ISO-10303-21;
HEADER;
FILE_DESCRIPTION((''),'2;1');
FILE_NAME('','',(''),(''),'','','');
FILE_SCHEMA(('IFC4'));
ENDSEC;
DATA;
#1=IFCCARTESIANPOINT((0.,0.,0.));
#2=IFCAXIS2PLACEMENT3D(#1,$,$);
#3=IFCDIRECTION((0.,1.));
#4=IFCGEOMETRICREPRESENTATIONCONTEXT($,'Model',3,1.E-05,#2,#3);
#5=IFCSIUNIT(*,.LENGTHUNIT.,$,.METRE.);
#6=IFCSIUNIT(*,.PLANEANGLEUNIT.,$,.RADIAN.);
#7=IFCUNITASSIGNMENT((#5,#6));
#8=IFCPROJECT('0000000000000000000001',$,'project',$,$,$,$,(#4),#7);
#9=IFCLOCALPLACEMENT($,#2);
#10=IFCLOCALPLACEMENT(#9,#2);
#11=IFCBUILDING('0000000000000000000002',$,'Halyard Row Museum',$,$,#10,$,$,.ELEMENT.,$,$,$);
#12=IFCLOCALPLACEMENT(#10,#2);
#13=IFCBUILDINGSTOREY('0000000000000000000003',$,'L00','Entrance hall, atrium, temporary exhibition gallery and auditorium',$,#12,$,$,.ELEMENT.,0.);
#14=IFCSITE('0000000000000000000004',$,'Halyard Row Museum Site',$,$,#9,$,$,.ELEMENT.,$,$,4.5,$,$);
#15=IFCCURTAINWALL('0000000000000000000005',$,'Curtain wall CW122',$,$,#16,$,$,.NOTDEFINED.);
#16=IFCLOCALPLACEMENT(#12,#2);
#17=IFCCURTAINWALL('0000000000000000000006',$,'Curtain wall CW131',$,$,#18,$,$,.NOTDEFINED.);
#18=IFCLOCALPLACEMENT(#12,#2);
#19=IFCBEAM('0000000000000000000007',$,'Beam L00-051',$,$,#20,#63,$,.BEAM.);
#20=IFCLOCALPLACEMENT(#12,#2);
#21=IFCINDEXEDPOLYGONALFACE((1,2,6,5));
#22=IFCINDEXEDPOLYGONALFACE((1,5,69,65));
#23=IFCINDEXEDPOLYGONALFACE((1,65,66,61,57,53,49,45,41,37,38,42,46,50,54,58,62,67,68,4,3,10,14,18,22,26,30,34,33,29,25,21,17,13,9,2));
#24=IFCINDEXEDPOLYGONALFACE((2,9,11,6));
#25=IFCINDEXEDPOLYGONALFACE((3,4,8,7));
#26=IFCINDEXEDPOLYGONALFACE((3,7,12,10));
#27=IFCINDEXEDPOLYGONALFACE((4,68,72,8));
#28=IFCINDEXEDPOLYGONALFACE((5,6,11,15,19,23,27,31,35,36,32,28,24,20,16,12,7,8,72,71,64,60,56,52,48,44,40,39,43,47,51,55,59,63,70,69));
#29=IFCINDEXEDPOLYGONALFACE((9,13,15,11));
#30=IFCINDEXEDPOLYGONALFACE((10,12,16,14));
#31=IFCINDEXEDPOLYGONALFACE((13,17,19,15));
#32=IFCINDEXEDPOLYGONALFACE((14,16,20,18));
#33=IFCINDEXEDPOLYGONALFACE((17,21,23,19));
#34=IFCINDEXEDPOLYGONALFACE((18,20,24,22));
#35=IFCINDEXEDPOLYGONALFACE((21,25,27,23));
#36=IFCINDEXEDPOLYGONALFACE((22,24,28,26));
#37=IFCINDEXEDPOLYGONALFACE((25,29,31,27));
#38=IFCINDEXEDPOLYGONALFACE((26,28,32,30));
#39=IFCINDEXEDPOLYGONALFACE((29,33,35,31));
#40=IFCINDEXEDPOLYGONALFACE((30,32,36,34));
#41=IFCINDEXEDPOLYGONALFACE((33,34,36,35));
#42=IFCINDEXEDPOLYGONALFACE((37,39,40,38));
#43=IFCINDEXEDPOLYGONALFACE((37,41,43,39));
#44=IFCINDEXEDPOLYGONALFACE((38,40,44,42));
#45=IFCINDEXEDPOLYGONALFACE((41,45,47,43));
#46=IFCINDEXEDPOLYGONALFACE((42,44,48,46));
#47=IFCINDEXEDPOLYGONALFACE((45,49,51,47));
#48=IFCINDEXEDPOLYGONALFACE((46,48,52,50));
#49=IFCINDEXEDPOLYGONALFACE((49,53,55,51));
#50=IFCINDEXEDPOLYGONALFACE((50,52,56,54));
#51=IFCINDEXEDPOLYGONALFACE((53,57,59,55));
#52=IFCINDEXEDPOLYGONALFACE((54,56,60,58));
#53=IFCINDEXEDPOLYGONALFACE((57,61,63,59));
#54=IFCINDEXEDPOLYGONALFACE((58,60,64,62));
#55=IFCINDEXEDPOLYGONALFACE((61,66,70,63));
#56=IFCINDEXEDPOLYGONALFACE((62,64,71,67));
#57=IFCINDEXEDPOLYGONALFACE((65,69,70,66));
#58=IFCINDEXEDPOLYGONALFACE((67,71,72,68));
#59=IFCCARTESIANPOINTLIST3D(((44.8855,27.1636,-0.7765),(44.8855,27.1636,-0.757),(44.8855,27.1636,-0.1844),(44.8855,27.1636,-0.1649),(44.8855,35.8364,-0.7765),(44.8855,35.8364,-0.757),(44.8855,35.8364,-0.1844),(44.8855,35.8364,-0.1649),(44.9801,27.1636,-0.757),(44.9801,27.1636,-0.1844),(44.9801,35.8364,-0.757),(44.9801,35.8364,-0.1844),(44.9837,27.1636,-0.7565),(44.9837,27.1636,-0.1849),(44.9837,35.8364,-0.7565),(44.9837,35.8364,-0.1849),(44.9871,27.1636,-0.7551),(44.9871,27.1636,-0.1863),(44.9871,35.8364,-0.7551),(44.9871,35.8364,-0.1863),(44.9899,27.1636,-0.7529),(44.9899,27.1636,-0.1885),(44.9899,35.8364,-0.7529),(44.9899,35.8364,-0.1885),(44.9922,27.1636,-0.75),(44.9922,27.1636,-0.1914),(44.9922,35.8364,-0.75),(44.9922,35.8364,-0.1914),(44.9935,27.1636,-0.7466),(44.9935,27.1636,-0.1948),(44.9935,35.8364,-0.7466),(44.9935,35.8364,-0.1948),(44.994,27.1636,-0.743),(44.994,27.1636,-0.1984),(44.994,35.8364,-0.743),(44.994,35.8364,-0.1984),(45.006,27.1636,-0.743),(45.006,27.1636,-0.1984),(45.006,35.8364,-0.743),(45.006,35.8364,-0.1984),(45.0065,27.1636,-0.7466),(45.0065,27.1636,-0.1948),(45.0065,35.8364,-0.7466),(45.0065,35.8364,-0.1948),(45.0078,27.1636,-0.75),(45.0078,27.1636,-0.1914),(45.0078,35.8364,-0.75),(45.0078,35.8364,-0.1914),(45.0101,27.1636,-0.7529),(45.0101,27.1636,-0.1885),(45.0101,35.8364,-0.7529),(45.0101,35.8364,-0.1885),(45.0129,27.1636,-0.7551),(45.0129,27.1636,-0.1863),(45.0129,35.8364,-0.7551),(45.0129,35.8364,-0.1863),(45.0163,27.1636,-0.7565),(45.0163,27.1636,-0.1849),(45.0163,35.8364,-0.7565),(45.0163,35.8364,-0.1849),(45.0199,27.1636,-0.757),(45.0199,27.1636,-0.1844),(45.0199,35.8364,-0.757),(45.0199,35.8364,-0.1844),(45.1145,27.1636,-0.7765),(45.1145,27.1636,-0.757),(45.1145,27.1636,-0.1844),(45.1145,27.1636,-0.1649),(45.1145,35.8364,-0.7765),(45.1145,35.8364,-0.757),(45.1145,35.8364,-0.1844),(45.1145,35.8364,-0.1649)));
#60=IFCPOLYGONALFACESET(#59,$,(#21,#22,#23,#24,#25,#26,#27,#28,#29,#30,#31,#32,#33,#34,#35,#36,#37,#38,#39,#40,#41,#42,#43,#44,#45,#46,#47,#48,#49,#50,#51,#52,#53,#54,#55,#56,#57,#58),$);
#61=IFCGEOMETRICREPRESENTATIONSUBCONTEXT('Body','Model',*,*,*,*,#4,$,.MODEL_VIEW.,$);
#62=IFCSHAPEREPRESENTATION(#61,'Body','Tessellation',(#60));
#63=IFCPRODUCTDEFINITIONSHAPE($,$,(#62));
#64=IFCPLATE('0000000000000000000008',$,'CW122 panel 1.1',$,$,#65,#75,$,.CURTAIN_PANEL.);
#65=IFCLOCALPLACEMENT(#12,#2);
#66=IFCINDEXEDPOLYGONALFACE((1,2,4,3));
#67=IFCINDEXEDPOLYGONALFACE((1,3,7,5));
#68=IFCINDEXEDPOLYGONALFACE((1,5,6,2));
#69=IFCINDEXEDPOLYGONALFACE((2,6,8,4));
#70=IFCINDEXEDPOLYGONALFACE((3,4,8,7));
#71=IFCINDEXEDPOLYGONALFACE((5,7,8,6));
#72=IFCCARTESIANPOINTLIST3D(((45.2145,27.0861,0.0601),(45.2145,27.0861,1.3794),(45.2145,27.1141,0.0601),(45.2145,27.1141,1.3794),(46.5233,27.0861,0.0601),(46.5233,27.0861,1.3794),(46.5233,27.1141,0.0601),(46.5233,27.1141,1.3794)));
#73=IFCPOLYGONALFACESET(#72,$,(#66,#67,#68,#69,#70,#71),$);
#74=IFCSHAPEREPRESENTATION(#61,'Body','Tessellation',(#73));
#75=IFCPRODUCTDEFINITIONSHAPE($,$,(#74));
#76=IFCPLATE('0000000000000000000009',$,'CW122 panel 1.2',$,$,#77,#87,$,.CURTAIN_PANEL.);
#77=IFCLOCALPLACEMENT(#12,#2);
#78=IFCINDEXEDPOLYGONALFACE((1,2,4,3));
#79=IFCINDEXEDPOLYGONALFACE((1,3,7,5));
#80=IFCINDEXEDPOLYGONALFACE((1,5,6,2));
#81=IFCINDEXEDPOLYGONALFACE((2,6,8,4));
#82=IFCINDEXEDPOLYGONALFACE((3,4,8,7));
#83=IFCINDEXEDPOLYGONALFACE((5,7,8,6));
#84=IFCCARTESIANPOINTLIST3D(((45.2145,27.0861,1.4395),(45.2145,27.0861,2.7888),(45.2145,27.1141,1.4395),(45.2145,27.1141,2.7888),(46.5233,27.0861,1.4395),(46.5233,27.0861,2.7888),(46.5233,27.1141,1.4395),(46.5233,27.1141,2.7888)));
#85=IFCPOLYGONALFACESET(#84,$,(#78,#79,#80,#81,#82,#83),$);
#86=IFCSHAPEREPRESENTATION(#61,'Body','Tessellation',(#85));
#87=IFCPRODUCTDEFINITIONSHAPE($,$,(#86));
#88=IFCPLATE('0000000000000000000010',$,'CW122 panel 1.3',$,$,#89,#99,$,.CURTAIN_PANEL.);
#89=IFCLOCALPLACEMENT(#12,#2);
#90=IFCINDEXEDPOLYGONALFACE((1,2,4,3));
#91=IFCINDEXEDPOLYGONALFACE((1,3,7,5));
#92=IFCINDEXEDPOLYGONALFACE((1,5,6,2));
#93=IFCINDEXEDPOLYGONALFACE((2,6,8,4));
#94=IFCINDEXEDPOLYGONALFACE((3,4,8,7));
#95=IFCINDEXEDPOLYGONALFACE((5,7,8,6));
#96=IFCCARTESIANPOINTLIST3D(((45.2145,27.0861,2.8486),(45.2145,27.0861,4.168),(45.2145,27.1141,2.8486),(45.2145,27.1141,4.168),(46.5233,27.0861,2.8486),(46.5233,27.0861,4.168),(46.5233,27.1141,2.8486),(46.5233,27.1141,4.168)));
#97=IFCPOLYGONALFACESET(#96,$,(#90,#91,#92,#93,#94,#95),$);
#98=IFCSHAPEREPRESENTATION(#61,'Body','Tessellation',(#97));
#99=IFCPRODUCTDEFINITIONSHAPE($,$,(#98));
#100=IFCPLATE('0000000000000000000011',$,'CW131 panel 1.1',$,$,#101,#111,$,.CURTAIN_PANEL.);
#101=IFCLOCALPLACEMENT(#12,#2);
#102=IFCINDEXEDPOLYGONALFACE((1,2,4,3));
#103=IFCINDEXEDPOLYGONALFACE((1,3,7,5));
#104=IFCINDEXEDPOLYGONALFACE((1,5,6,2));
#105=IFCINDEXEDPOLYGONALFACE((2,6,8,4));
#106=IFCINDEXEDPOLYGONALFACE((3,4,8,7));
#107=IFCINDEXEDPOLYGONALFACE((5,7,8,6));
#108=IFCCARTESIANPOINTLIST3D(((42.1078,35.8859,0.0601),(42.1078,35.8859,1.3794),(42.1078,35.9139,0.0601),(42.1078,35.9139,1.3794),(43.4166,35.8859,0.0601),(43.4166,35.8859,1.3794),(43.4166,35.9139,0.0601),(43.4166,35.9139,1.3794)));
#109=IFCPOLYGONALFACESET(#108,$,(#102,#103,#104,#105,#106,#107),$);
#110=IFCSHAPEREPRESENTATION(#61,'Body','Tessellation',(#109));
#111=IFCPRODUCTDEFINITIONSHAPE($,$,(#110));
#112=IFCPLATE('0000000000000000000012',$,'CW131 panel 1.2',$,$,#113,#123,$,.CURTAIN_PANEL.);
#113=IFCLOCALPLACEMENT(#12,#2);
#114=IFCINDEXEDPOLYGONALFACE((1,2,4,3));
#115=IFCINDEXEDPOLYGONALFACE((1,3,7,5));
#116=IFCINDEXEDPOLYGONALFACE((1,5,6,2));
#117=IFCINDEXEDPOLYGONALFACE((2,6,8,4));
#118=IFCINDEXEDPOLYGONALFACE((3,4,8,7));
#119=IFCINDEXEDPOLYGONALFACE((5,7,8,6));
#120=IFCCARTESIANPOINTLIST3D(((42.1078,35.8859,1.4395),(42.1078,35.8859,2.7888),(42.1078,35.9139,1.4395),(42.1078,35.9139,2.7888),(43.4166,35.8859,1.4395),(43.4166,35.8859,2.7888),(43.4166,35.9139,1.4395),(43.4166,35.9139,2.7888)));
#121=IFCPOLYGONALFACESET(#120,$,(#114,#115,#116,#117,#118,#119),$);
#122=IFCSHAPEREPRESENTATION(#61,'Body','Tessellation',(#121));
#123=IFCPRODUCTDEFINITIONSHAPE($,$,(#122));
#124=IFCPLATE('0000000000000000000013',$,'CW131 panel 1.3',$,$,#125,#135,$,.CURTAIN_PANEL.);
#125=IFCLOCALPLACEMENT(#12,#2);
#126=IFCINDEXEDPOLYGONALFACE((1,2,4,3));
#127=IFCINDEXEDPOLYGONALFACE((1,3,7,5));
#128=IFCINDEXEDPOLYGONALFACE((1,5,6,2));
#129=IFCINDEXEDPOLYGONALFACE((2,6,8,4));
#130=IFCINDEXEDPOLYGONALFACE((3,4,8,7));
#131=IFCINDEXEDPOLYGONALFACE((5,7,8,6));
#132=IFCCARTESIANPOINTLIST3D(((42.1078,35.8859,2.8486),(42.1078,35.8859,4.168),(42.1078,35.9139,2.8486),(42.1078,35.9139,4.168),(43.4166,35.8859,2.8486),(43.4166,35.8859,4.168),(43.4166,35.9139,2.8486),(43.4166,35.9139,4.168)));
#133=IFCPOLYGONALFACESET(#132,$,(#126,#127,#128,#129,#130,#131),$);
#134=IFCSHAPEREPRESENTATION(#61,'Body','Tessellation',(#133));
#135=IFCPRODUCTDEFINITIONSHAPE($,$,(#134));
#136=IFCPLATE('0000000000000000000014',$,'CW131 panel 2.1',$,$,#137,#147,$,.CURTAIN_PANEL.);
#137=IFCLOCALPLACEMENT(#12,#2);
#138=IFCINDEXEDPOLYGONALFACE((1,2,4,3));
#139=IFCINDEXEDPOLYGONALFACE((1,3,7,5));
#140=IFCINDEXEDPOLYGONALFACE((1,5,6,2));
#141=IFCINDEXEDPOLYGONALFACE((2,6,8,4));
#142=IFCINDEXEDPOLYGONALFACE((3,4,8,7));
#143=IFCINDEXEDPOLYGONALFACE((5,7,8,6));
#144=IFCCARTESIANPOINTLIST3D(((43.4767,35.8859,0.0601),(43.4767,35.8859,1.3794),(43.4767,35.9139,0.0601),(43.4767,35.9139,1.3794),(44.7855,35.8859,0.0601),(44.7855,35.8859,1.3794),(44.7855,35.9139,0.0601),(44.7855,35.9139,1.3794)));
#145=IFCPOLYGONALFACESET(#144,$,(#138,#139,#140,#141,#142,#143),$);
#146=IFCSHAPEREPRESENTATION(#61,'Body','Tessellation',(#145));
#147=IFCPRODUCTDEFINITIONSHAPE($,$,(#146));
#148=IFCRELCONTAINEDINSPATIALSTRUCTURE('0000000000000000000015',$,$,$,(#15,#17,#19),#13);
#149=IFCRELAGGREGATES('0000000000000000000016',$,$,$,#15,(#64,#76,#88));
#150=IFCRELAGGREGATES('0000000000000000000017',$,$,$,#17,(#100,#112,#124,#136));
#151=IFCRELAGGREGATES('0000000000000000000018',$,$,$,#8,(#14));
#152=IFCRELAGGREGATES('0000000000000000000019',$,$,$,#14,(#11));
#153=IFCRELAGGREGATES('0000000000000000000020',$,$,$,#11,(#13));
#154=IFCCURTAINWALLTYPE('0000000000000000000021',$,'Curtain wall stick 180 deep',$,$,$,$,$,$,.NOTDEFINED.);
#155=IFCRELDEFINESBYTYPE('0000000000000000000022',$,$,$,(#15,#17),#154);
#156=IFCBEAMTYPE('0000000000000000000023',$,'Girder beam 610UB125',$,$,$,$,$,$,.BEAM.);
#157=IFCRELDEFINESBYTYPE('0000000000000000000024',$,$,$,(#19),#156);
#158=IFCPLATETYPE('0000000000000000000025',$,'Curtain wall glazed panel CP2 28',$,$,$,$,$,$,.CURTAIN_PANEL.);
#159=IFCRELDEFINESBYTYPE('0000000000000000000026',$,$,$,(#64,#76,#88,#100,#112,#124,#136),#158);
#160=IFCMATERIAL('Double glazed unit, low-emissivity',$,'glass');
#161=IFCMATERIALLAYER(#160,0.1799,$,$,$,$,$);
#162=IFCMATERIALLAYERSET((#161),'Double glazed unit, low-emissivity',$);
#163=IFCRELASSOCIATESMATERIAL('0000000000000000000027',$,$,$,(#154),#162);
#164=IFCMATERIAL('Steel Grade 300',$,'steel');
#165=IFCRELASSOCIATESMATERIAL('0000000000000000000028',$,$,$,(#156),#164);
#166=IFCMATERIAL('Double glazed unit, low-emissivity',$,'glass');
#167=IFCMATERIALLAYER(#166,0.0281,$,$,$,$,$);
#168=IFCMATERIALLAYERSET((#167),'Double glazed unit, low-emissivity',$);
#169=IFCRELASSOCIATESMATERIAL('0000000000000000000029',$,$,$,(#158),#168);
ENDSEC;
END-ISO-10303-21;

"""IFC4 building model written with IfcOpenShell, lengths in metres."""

from ifc_helpers import new_model, si_unit, direction, frame, origin, origin_2d, place, context, subcontext, project, spatial, rectangle, i_section, extrude, material, layer, layer_set, material_profile, profile_set, type_object, element, aggregate, save


model = new_model("IFC4")

# Units and contexts
model_context = context("Model", 3, precision=1e-05, world=origin(), true_north=direction((0.0, 1.0)))
body_context = subcontext(model_context, "Body", "Model", "MODEL_VIEW")
ifc_project = project(units=[si_unit("LENGTHUNIT", "METRE"), si_unit("PLANEANGLEUNIT", "RADIAN")], contexts=[model_context])

# Site, building, storey
site_placement = place(None, origin())
site = spatial("IfcSite", under=ifc_project, at=site_placement, Name="Halyard Row Museum Site", CompositionType="ELEMENT", RefElevation=4.5)
building_placement = place(site_placement, origin())
building = spatial("IfcBuilding", under=site, at=building_placement, Name="Halyard Row Museum", CompositionType="ELEMENT")
storey_placement = place(building_placement, origin())
storey = spatial("IfcBuildingStorey", under=building, at=storey_placement, Name="L00", Description="Entrance hall, atrium, temporary exhibition gallery and auditorium", CompositionType="ELEMENT", Elevation=0.0)

# Curtain wall
ifc_material_1 = material(Name="Double glazed unit, low-emissivity", Category="glass")
ifc_layer_1 = layer(ifc_material_1, 0.1799)
ifc_layer_set_1 = layer_set([ifc_layer_1], Name="Double glazed unit, low-emissivity")
curtain_wall_type = type_object("IfcCurtainWallType", Name="Curtain wall stick 180 deep", PredefinedType="NOTDEFINED", material=ifc_layer_set_1)
curtain_wall_1_placement = place(storey_placement, origin())
curtain_wall_1 = element("IfcCurtainWall", 1, at=curtain_wall_1_placement, inside=storey, type_object=curtain_wall_type, Name="Curtain wall CW122", PredefinedType="NOTDEFINED")

# Curtain wall
curtain_wall_2_placement = place(storey_placement, origin())
curtain_wall_2 = element("IfcCurtainWall", 2, at=curtain_wall_2_placement, inside=storey, type_object=curtain_wall_type, Name="Curtain wall CW131", PredefinedType="NOTDEFINED")

# Beam
ifc_material_2 = material(Name="Steel Grade 300", Category="steel")
ifc_material_profile_1 = material_profile(ifc_material_2, i_section(OverallWidth=0.229, OverallDepth=0.6116, WebThickness=0.012, FlangeThickness=0.0195, FilletRadius=0.0139, at=origin_2d()), Name="610UB125")
ifc_profile_set_1 = profile_set([ifc_material_profile_1], Name="Steel Grade 300")
beam_type = type_object("IfcBeamType", Name="Girder beam 610UB125", PredefinedType="BEAM", material=ifc_profile_set_1)
beam_placement = place(storey_placement, frame((45.0, 27.1636, -0.4707), z_axis=(0.0, 1.0, 0.0), x_axis=(-1.0, 0.0, 0.0)))
element("IfcBeam", 3, at=beam_placement, inside=storey, type_object=beam_type, Name="Beam L00-051", PredefinedType="BEAM", context=body_context, shape_type="SweptSolid", body=[
    extrude(i_section(OverallWidth=0.229, OverallDepth=0.6116, WebThickness=0.012, FlangeThickness=0.0195, FilletRadius=0.0139, at=origin_2d()), origin(), (0.0, 0.0, 1.0), 8.6729),
])

# Plates
ifc_material_3 = material(Name="Double glazed unit, low-emissivity", Category="glass")
ifc_layer_2 = layer(ifc_material_3, 0.0281)
ifc_layer_set_2 = layer_set([ifc_layer_2], Name="Double glazed unit, low-emissivity")
plate_type = type_object("IfcPlateType", Name="Curtain wall glazed panel CP2 28", PredefinedType="CURTAIN_PANEL", material=ifc_layer_set_2)
plate_1_placement = place(storey_placement, frame((45.8689, 27.1001, 0.0601), z_axis=(0.0, 0.0, 1.0), x_axis=(1.0, 0.0, 0.0)))
plate_1 = element("IfcPlate", 4, at=plate_1_placement, type_object=plate_type, Name="CW122 panel 1.1", PredefinedType="CURTAIN_PANEL", context=body_context, shape_type="SweptSolid", body=[
    extrude(rectangle(XDim=1.3088, YDim=0.0281, at=origin_2d()), origin(), (0.0, 0.0, 1.0), 1.3193),
])
plate_2_placement = place(storey_placement, frame((45.8689, 27.1001, 1.4395), z_axis=(0.0, 0.0, 1.0), x_axis=(1.0, 0.0, 0.0)))
plate_2 = element("IfcPlate", 5, at=plate_2_placement, type_object=plate_type, Name="CW122 panel 1.2", PredefinedType="CURTAIN_PANEL", context=body_context, shape_type="SweptSolid", body=[
    extrude(rectangle(XDim=1.3088, YDim=0.0281, at=origin_2d()), origin(), (0.0, 0.0, 1.0), 1.3494),
])
plate_3_placement = place(storey_placement, frame((45.8689, 27.1001, 2.8486), z_axis=(0.0, 0.0, 1.0), x_axis=(1.0, 0.0, 0.0)))
plate_3 = element("IfcPlate", 6, at=plate_3_placement, type_object=plate_type, Name="CW122 panel 1.3", PredefinedType="CURTAIN_PANEL", context=body_context, shape_type="SweptSolid", body=[
    extrude(rectangle(XDim=1.3088, YDim=0.0281, at=origin_2d()), origin(), (0.0, 0.0, 1.0), 1.3193),
])
aggregate(curtain_wall_1, [plate_1, plate_2, plate_3])
plate_4_placement = place(storey_placement, frame((42.7622, 35.8999, 0.0601), z_axis=(0.0, 0.0, 1.0), x_axis=(1.0, 0.0, 0.0)))
plate_4 = element("IfcPlate", 7, at=plate_4_placement, type_object=plate_type, Name="CW131 panel 1.1", PredefinedType="CURTAIN_PANEL", context=body_context, shape_type="SweptSolid", body=[
    extrude(rectangle(XDim=1.3088, YDim=0.0281, at=origin_2d()), origin(), (0.0, 0.0, 1.0), 1.3193),
])
plate_5_placement = place(storey_placement, frame((42.7622, 35.8999, 1.4395), z_axis=(0.0, 0.0, 1.0), x_axis=(1.0, 0.0, 0.0)))
plate_5 = element("IfcPlate", 8, at=plate_5_placement, type_object=plate_type, Name="CW131 panel 1.2", PredefinedType="CURTAIN_PANEL", context=body_context, shape_type="SweptSolid", body=[
    extrude(rectangle(XDim=1.3088, YDim=0.0281, at=origin_2d()), origin(), (0.0, 0.0, 1.0), 1.3494),
])
plate_6_placement = place(storey_placement, frame((42.7622, 35.8999, 2.8486), z_axis=(0.0, 0.0, 1.0), x_axis=(1.0, 0.0, 0.0)))
plate_6 = element("IfcPlate", 9, at=plate_6_placement, type_object=plate_type, Name="CW131 panel 1.3", PredefinedType="CURTAIN_PANEL", context=body_context, shape_type="SweptSolid", body=[
    extrude(rectangle(XDim=1.3088, YDim=0.0281, at=origin_2d()), origin(), (0.0, 0.0, 1.0), 1.3193),
])
plate_7_placement = place(storey_placement, frame((44.1311, 35.8999, 0.0601), z_axis=(0.0, 0.0, 1.0), x_axis=(1.0, 0.0, 0.0)))
plate_7 = element("IfcPlate", 10, at=plate_7_placement, type_object=plate_type, Name="CW131 panel 2.1", PredefinedType="CURTAIN_PANEL", context=body_context, shape_type="SweptSolid", body=[
    extrude(rectangle(XDim=1.3088, YDim=0.0281, at=origin_2d()), origin(), (0.0, 0.0, 1.0), 1.3193),
])
aggregate(curtain_wall_2, [plate_4, plate_5, plate_6, plate_7])

save(model, "model.ifc")
